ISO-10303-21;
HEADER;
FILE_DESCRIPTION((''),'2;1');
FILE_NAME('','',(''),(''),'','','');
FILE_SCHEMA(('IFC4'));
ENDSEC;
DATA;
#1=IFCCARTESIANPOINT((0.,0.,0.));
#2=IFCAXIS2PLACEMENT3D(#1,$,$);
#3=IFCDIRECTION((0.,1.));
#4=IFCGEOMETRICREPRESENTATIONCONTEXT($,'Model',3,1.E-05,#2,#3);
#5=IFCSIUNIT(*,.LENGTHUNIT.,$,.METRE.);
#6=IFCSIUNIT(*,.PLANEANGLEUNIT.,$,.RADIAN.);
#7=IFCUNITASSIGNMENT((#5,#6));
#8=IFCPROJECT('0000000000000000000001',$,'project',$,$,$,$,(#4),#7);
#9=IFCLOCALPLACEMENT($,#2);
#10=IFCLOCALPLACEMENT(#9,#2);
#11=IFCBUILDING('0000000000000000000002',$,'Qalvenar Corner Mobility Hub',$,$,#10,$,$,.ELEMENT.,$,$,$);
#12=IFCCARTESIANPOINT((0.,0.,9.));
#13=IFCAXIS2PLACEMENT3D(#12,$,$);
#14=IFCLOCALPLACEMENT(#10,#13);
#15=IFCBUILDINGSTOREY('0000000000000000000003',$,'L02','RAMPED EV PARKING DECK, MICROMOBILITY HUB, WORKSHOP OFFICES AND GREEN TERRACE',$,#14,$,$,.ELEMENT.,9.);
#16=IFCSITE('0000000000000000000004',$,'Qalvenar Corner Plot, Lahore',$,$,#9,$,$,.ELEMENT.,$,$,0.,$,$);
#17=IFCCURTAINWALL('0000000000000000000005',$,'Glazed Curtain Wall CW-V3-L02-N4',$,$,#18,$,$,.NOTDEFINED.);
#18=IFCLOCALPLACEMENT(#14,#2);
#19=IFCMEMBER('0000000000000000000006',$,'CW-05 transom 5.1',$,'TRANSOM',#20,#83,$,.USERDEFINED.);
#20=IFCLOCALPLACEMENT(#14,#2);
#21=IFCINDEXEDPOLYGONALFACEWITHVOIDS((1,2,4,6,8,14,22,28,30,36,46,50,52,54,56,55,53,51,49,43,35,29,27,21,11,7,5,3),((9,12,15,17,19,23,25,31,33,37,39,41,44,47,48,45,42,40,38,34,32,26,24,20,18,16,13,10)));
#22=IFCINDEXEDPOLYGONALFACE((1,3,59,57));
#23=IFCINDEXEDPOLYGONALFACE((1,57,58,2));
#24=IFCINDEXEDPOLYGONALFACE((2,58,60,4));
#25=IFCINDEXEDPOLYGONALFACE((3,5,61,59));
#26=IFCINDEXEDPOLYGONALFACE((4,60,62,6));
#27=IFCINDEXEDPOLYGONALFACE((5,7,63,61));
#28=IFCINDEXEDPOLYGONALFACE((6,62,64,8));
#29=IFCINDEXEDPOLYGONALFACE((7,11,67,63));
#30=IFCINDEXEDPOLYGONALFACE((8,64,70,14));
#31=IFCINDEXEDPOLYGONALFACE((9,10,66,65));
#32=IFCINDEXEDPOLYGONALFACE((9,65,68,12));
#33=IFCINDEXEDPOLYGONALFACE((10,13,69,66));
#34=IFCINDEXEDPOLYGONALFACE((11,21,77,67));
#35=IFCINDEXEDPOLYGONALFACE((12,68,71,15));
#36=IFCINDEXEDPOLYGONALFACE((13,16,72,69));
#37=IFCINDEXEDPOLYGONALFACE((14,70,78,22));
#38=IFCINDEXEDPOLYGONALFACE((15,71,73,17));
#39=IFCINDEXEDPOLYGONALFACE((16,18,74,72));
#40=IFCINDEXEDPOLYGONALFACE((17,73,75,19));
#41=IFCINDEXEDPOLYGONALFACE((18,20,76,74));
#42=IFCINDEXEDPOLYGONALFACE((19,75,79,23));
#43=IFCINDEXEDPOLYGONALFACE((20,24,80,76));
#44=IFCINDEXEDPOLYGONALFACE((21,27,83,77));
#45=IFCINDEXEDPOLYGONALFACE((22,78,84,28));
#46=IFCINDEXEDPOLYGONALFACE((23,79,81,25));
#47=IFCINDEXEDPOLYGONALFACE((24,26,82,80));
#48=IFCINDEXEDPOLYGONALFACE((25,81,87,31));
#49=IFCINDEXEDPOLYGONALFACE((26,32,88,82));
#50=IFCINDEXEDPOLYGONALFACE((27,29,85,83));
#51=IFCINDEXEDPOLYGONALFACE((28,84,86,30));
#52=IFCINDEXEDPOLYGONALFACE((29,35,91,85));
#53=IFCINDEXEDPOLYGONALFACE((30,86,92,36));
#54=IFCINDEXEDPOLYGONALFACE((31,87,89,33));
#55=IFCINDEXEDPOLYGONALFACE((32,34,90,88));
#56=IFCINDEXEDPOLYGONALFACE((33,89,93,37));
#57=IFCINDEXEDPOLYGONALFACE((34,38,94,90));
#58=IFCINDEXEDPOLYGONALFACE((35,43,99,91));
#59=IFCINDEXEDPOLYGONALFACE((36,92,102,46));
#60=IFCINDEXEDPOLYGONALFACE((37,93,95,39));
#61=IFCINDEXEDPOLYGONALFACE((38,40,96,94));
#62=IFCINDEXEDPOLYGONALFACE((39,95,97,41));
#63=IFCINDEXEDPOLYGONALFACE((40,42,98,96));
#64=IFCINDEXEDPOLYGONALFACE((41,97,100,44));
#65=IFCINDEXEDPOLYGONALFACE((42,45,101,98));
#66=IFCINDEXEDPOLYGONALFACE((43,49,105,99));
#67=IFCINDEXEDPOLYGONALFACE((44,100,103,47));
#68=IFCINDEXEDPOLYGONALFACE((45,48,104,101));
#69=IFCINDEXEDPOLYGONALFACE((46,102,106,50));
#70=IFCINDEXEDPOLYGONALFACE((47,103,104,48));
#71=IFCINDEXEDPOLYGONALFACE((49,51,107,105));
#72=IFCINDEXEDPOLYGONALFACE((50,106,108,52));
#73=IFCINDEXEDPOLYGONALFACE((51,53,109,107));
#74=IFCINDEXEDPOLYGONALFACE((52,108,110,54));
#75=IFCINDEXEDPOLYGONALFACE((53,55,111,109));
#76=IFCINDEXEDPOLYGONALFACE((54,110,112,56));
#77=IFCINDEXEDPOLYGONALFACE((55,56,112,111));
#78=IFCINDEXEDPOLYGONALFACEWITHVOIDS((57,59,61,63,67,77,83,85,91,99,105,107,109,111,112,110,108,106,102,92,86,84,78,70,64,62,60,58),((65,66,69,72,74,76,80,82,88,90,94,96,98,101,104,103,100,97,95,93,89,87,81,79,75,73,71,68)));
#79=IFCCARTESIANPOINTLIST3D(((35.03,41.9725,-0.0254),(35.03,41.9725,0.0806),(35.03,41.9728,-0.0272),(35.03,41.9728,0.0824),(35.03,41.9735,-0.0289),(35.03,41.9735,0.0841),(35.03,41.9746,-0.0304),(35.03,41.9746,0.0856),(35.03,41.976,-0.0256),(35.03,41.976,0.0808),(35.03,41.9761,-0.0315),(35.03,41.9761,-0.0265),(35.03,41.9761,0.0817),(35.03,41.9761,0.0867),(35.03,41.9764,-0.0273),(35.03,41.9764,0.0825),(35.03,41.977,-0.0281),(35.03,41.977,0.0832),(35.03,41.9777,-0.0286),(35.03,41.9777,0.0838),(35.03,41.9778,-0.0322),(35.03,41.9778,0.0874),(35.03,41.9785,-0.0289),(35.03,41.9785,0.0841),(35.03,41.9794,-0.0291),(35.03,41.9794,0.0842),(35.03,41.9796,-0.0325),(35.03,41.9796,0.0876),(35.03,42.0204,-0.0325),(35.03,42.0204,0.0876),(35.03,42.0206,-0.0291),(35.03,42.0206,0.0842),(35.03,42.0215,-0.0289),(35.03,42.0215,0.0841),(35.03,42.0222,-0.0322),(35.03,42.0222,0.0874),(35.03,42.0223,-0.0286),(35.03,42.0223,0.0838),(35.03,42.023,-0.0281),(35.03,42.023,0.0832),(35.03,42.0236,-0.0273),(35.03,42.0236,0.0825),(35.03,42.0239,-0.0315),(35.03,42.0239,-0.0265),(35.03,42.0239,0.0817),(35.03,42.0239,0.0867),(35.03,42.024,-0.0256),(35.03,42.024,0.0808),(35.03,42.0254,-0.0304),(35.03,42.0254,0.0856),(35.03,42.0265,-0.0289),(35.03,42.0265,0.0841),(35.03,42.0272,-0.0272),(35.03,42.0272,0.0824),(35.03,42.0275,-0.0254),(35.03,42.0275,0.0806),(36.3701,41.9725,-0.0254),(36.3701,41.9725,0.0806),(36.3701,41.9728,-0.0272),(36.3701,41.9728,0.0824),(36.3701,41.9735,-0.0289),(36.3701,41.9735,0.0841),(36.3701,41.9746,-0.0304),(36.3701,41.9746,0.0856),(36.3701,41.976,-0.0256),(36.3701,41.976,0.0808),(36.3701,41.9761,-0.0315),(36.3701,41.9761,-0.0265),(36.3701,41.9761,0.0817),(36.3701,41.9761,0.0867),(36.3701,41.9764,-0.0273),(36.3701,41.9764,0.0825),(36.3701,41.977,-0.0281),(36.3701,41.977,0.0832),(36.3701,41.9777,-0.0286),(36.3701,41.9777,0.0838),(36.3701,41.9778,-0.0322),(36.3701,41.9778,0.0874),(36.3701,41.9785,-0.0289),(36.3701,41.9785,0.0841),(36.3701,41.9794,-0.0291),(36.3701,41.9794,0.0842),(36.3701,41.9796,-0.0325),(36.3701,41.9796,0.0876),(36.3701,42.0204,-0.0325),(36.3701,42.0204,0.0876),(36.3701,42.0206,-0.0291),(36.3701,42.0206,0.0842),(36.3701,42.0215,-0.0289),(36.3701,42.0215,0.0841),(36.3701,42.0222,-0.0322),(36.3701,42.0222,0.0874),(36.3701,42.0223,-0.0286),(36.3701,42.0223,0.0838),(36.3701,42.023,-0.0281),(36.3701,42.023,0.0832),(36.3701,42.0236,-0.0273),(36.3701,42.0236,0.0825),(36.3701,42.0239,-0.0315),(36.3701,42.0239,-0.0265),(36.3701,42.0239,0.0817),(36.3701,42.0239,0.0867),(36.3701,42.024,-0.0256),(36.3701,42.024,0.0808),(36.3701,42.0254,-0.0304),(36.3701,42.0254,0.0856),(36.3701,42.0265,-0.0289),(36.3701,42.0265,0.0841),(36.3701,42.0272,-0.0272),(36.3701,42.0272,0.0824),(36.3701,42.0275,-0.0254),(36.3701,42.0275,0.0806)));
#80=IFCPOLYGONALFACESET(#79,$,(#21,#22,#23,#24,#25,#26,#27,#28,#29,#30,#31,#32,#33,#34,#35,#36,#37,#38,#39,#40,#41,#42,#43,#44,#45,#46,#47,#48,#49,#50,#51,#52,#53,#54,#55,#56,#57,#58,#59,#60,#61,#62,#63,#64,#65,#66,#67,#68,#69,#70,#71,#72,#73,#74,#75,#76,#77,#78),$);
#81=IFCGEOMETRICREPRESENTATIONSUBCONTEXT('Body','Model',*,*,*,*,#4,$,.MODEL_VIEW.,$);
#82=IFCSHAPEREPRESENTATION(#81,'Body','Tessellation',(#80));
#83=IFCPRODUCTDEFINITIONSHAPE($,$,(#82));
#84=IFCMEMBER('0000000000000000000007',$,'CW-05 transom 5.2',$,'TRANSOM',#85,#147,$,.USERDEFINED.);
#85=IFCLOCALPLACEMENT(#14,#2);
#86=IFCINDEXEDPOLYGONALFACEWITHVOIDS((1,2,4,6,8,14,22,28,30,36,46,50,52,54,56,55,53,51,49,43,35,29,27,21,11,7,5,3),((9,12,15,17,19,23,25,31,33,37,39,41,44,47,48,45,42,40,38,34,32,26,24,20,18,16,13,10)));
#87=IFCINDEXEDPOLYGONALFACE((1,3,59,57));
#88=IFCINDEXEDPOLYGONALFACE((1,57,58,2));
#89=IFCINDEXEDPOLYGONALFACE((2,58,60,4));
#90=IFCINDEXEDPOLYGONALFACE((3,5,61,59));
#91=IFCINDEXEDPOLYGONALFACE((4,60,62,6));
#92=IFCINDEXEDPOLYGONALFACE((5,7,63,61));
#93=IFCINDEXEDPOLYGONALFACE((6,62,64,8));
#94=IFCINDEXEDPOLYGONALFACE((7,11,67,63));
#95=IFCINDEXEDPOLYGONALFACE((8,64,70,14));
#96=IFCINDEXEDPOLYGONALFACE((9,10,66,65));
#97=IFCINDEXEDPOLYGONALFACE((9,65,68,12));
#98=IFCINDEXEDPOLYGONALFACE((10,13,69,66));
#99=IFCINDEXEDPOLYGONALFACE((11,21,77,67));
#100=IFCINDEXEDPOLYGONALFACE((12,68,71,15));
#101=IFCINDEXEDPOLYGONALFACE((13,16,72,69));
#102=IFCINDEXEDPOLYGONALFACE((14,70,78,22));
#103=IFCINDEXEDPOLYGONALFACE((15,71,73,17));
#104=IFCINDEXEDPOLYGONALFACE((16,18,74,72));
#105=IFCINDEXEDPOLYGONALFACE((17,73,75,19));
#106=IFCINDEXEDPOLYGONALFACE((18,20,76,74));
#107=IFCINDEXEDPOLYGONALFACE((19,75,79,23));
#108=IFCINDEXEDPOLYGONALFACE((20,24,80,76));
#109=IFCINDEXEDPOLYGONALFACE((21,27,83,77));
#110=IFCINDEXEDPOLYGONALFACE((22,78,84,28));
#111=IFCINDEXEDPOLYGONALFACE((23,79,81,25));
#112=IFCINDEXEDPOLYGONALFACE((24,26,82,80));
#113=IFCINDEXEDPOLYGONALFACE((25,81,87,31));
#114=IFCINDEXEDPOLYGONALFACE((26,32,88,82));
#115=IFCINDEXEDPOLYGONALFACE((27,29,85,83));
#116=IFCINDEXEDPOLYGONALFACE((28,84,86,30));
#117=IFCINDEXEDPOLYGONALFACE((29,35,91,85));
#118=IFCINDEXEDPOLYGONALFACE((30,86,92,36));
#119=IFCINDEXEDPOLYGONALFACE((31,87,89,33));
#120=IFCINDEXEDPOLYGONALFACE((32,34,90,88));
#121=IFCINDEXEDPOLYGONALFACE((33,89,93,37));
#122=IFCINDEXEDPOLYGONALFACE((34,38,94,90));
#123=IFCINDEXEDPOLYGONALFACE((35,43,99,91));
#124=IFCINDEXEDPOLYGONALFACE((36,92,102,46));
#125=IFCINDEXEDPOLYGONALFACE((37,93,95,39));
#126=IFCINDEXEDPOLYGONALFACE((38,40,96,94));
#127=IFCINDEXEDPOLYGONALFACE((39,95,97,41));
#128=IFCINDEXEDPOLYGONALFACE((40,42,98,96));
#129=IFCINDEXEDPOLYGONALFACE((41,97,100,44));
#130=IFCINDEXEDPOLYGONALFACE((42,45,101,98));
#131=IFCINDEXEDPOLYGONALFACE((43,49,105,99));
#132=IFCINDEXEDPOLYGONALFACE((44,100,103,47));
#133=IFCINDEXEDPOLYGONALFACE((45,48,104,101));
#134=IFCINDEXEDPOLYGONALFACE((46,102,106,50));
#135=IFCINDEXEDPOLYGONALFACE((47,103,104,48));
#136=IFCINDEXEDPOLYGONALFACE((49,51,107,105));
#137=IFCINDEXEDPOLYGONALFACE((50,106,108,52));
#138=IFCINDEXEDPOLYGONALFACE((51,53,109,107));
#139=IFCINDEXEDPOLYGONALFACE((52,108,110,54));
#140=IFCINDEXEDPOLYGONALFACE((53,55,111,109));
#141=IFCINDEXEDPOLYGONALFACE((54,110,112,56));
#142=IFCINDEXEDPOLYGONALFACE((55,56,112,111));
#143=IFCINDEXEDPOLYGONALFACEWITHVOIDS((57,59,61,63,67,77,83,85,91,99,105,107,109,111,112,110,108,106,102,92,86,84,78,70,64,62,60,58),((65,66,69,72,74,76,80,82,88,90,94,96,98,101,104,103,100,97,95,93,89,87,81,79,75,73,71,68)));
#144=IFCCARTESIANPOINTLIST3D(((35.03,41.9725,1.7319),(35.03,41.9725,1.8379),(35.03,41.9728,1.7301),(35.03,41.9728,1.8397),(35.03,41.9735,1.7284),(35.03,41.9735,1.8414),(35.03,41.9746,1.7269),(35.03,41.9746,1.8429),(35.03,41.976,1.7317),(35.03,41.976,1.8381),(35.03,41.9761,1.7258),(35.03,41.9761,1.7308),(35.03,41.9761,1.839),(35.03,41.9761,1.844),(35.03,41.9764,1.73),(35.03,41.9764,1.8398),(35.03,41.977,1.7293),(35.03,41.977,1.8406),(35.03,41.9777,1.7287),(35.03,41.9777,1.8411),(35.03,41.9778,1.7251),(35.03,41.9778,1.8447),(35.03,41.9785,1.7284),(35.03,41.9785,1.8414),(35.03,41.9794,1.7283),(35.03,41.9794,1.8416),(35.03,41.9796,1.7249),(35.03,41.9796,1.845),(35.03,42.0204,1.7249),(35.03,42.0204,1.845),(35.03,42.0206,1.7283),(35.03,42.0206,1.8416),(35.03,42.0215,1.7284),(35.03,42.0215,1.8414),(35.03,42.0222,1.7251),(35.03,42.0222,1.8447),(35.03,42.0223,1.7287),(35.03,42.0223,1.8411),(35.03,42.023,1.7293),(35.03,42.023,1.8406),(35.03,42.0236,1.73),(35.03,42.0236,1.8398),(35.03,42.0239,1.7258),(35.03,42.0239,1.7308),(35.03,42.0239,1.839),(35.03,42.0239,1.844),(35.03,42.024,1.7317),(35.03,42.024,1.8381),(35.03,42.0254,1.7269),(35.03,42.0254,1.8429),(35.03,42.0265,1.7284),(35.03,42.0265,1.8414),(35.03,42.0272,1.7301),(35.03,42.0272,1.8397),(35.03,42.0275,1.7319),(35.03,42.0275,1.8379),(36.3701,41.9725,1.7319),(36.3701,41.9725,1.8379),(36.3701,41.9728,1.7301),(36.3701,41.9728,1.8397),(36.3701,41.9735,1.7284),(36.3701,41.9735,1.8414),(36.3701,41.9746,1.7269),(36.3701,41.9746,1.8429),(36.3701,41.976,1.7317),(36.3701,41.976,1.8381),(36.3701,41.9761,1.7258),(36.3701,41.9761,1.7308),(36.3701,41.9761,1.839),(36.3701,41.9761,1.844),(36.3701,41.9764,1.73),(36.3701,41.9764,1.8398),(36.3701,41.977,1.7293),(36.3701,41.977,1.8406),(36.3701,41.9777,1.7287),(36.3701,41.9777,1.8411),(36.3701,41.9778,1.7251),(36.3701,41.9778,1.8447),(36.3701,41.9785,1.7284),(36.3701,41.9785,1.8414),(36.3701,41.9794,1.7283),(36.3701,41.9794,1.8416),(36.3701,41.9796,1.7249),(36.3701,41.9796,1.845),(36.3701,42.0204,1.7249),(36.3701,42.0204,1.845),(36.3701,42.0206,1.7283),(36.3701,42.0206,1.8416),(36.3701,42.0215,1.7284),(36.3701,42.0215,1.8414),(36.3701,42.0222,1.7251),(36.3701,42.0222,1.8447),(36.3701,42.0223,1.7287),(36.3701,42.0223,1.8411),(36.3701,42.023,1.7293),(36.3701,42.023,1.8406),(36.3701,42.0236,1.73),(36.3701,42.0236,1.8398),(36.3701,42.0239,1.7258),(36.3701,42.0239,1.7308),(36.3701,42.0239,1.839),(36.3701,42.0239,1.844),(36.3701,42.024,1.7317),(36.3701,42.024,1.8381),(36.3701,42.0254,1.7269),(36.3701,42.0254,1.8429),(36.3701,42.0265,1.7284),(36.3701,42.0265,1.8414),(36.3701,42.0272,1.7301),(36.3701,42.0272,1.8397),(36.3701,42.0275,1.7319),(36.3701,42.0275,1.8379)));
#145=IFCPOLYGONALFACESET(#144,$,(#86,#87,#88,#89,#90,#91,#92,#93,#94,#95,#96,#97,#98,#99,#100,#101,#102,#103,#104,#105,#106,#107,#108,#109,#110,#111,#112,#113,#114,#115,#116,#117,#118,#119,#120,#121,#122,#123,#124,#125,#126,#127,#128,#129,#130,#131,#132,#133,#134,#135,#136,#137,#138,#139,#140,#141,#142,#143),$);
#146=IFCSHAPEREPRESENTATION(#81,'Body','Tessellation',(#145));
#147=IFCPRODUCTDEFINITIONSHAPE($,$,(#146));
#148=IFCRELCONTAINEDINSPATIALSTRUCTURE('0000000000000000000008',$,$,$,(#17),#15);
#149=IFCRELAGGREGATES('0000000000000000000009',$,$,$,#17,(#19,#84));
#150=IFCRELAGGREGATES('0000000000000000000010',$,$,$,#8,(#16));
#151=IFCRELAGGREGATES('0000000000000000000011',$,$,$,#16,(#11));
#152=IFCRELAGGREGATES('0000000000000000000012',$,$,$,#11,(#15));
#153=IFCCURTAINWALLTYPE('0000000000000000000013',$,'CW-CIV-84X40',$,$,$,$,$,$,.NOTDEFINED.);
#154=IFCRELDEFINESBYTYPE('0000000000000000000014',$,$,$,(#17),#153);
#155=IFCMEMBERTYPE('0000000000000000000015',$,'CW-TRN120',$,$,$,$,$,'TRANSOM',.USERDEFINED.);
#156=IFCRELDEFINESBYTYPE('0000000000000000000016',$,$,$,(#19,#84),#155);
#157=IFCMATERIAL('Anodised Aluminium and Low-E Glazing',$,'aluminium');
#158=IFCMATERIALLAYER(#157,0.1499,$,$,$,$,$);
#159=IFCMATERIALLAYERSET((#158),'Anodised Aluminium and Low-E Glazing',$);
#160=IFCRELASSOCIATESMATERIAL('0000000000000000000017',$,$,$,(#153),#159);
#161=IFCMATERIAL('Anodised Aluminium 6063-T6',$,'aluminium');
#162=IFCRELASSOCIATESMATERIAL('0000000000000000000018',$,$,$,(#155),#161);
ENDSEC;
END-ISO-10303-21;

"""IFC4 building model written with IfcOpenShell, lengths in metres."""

from ifc_helpers import new_model, si_unit, direction, frame, origin, origin_2d, place, context, subcontext, project, spatial, hollow_rectangle, extrude, material, layer, layer_set, material_profile, profile_set, type_object, element, aggregate, save


model = new_model("IFC4")

# Units and contexts
model_context = context("Model", 3, precision=1e-05, world=origin(), true_north=direction((0.0, 1.0)))
body_context = subcontext(model_context, "Body", "Model", "MODEL_VIEW")
ifc_project = project(units=[si_unit("LENGTHUNIT", "METRE"), si_unit("PLANEANGLEUNIT", "RADIAN")], contexts=[model_context])

# Site, building, storey
site_placement = place(None, origin())
site = spatial("IfcSite", under=ifc_project, at=site_placement, Name="Qalvenar Corner Plot, Lahore", CompositionType="ELEMENT", RefElevation=0.0)
building_placement = place(site_placement, origin())
building = spatial("IfcBuilding", under=site, at=building_placement, Name="Qalvenar Corner Mobility Hub", CompositionType="ELEMENT")
storey_placement = place(building_placement, frame((0.0, 0.0, 9.0)))
storey = spatial("IfcBuildingStorey", under=building, at=storey_placement, Name="L02", Description="RAMPED EV PARKING DECK, MICROMOBILITY HUB, WORKSHOP OFFICES AND GREEN TERRACE", CompositionType="ELEMENT", Elevation=9.0)

# Curtain wall, members
ifc_material_1 = material(Name="Anodised Aluminium and Low-E Glazing", Category="aluminium")
ifc_layer_1 = layer(ifc_material_1, 0.1499)
ifc_layer_set_1 = layer_set([ifc_layer_1], Name="Anodised Aluminium and Low-E Glazing")
curtain_wall_type = type_object("IfcCurtainWallType", Name="CW-CIV-84X40", PredefinedType="NOTDEFINED", material=ifc_layer_set_1)
curtain_wall_placement = place(storey_placement, origin())
curtain_wall = element("IfcCurtainWall", 1, at=curtain_wall_placement, inside=storey, type_object=curtain_wall_type, Name="Glazed Curtain Wall CW-V3-L02-N4", PredefinedType="NOTDEFINED")
ifc_material_2 = material(Name="Anodised Aluminium 6063-T6", Category="aluminium")
ifc_material_profile_1 = material_profile(ifc_material_2, hollow_rectangle(XDim=0.0549, YDim=0.1201, WallThickness=0.0034, InnerFilletRadius=0.0034, OuterFilletRadius=0.0071, at=origin_2d()), Name="RHS120x55x3.5")
ifc_profile_set_1 = profile_set([ifc_material_profile_1], Name="Anodised Aluminium 6063-T6")
member_type_1 = type_object("IfcMemberType", Name="CW-TRN120", ElementType="TRANSOM", PredefinedType="USERDEFINED", material=ifc_profile_set_1)
member_1_placement = place(storey_placement, frame((36.3701, 42.0, 0.0276), z_axis=(-1.0, 0.0, 0.0), x_axis=(0.0, -1.0, 0.0)))
member_1 = element("IfcMember", 2, at=member_1_placement, type_object=member_type_1, Name="CW-05 transom 5.1", ObjectType="TRANSOM", PredefinedType="USERDEFINED", context=body_context, shape_type="SweptSolid", body=[
    extrude(hollow_rectangle(XDim=0.0549, YDim=0.1201, WallThickness=0.0034, InnerFilletRadius=0.0034, OuterFilletRadius=0.0071, at=origin_2d()), origin(), (0.0, 0.0, 1.0), 1.3401),
])
member_2_placement = place(storey_placement, frame((36.3701, 42.0, 1.7849), z_axis=(-1.0, 0.0, 0.0), x_axis=(0.0, -1.0, 0.0)))
member_2 = element("IfcMember", 3, at=member_2_placement, type_object=member_type_1, Name="CW-05 transom 5.2", ObjectType="TRANSOM", PredefinedType="USERDEFINED", context=body_context, shape_type="SweptSolid", body=[
    extrude(hollow_rectangle(XDim=0.0549, YDim=0.1201, WallThickness=0.0034, InnerFilletRadius=0.0034, OuterFilletRadius=0.0071, at=origin_2d()), origin(), (0.0, 0.0, 1.0), 1.3401),
])

aggregate(curtain_wall, [member_1, member_2])

save(model, "model.ifc")
